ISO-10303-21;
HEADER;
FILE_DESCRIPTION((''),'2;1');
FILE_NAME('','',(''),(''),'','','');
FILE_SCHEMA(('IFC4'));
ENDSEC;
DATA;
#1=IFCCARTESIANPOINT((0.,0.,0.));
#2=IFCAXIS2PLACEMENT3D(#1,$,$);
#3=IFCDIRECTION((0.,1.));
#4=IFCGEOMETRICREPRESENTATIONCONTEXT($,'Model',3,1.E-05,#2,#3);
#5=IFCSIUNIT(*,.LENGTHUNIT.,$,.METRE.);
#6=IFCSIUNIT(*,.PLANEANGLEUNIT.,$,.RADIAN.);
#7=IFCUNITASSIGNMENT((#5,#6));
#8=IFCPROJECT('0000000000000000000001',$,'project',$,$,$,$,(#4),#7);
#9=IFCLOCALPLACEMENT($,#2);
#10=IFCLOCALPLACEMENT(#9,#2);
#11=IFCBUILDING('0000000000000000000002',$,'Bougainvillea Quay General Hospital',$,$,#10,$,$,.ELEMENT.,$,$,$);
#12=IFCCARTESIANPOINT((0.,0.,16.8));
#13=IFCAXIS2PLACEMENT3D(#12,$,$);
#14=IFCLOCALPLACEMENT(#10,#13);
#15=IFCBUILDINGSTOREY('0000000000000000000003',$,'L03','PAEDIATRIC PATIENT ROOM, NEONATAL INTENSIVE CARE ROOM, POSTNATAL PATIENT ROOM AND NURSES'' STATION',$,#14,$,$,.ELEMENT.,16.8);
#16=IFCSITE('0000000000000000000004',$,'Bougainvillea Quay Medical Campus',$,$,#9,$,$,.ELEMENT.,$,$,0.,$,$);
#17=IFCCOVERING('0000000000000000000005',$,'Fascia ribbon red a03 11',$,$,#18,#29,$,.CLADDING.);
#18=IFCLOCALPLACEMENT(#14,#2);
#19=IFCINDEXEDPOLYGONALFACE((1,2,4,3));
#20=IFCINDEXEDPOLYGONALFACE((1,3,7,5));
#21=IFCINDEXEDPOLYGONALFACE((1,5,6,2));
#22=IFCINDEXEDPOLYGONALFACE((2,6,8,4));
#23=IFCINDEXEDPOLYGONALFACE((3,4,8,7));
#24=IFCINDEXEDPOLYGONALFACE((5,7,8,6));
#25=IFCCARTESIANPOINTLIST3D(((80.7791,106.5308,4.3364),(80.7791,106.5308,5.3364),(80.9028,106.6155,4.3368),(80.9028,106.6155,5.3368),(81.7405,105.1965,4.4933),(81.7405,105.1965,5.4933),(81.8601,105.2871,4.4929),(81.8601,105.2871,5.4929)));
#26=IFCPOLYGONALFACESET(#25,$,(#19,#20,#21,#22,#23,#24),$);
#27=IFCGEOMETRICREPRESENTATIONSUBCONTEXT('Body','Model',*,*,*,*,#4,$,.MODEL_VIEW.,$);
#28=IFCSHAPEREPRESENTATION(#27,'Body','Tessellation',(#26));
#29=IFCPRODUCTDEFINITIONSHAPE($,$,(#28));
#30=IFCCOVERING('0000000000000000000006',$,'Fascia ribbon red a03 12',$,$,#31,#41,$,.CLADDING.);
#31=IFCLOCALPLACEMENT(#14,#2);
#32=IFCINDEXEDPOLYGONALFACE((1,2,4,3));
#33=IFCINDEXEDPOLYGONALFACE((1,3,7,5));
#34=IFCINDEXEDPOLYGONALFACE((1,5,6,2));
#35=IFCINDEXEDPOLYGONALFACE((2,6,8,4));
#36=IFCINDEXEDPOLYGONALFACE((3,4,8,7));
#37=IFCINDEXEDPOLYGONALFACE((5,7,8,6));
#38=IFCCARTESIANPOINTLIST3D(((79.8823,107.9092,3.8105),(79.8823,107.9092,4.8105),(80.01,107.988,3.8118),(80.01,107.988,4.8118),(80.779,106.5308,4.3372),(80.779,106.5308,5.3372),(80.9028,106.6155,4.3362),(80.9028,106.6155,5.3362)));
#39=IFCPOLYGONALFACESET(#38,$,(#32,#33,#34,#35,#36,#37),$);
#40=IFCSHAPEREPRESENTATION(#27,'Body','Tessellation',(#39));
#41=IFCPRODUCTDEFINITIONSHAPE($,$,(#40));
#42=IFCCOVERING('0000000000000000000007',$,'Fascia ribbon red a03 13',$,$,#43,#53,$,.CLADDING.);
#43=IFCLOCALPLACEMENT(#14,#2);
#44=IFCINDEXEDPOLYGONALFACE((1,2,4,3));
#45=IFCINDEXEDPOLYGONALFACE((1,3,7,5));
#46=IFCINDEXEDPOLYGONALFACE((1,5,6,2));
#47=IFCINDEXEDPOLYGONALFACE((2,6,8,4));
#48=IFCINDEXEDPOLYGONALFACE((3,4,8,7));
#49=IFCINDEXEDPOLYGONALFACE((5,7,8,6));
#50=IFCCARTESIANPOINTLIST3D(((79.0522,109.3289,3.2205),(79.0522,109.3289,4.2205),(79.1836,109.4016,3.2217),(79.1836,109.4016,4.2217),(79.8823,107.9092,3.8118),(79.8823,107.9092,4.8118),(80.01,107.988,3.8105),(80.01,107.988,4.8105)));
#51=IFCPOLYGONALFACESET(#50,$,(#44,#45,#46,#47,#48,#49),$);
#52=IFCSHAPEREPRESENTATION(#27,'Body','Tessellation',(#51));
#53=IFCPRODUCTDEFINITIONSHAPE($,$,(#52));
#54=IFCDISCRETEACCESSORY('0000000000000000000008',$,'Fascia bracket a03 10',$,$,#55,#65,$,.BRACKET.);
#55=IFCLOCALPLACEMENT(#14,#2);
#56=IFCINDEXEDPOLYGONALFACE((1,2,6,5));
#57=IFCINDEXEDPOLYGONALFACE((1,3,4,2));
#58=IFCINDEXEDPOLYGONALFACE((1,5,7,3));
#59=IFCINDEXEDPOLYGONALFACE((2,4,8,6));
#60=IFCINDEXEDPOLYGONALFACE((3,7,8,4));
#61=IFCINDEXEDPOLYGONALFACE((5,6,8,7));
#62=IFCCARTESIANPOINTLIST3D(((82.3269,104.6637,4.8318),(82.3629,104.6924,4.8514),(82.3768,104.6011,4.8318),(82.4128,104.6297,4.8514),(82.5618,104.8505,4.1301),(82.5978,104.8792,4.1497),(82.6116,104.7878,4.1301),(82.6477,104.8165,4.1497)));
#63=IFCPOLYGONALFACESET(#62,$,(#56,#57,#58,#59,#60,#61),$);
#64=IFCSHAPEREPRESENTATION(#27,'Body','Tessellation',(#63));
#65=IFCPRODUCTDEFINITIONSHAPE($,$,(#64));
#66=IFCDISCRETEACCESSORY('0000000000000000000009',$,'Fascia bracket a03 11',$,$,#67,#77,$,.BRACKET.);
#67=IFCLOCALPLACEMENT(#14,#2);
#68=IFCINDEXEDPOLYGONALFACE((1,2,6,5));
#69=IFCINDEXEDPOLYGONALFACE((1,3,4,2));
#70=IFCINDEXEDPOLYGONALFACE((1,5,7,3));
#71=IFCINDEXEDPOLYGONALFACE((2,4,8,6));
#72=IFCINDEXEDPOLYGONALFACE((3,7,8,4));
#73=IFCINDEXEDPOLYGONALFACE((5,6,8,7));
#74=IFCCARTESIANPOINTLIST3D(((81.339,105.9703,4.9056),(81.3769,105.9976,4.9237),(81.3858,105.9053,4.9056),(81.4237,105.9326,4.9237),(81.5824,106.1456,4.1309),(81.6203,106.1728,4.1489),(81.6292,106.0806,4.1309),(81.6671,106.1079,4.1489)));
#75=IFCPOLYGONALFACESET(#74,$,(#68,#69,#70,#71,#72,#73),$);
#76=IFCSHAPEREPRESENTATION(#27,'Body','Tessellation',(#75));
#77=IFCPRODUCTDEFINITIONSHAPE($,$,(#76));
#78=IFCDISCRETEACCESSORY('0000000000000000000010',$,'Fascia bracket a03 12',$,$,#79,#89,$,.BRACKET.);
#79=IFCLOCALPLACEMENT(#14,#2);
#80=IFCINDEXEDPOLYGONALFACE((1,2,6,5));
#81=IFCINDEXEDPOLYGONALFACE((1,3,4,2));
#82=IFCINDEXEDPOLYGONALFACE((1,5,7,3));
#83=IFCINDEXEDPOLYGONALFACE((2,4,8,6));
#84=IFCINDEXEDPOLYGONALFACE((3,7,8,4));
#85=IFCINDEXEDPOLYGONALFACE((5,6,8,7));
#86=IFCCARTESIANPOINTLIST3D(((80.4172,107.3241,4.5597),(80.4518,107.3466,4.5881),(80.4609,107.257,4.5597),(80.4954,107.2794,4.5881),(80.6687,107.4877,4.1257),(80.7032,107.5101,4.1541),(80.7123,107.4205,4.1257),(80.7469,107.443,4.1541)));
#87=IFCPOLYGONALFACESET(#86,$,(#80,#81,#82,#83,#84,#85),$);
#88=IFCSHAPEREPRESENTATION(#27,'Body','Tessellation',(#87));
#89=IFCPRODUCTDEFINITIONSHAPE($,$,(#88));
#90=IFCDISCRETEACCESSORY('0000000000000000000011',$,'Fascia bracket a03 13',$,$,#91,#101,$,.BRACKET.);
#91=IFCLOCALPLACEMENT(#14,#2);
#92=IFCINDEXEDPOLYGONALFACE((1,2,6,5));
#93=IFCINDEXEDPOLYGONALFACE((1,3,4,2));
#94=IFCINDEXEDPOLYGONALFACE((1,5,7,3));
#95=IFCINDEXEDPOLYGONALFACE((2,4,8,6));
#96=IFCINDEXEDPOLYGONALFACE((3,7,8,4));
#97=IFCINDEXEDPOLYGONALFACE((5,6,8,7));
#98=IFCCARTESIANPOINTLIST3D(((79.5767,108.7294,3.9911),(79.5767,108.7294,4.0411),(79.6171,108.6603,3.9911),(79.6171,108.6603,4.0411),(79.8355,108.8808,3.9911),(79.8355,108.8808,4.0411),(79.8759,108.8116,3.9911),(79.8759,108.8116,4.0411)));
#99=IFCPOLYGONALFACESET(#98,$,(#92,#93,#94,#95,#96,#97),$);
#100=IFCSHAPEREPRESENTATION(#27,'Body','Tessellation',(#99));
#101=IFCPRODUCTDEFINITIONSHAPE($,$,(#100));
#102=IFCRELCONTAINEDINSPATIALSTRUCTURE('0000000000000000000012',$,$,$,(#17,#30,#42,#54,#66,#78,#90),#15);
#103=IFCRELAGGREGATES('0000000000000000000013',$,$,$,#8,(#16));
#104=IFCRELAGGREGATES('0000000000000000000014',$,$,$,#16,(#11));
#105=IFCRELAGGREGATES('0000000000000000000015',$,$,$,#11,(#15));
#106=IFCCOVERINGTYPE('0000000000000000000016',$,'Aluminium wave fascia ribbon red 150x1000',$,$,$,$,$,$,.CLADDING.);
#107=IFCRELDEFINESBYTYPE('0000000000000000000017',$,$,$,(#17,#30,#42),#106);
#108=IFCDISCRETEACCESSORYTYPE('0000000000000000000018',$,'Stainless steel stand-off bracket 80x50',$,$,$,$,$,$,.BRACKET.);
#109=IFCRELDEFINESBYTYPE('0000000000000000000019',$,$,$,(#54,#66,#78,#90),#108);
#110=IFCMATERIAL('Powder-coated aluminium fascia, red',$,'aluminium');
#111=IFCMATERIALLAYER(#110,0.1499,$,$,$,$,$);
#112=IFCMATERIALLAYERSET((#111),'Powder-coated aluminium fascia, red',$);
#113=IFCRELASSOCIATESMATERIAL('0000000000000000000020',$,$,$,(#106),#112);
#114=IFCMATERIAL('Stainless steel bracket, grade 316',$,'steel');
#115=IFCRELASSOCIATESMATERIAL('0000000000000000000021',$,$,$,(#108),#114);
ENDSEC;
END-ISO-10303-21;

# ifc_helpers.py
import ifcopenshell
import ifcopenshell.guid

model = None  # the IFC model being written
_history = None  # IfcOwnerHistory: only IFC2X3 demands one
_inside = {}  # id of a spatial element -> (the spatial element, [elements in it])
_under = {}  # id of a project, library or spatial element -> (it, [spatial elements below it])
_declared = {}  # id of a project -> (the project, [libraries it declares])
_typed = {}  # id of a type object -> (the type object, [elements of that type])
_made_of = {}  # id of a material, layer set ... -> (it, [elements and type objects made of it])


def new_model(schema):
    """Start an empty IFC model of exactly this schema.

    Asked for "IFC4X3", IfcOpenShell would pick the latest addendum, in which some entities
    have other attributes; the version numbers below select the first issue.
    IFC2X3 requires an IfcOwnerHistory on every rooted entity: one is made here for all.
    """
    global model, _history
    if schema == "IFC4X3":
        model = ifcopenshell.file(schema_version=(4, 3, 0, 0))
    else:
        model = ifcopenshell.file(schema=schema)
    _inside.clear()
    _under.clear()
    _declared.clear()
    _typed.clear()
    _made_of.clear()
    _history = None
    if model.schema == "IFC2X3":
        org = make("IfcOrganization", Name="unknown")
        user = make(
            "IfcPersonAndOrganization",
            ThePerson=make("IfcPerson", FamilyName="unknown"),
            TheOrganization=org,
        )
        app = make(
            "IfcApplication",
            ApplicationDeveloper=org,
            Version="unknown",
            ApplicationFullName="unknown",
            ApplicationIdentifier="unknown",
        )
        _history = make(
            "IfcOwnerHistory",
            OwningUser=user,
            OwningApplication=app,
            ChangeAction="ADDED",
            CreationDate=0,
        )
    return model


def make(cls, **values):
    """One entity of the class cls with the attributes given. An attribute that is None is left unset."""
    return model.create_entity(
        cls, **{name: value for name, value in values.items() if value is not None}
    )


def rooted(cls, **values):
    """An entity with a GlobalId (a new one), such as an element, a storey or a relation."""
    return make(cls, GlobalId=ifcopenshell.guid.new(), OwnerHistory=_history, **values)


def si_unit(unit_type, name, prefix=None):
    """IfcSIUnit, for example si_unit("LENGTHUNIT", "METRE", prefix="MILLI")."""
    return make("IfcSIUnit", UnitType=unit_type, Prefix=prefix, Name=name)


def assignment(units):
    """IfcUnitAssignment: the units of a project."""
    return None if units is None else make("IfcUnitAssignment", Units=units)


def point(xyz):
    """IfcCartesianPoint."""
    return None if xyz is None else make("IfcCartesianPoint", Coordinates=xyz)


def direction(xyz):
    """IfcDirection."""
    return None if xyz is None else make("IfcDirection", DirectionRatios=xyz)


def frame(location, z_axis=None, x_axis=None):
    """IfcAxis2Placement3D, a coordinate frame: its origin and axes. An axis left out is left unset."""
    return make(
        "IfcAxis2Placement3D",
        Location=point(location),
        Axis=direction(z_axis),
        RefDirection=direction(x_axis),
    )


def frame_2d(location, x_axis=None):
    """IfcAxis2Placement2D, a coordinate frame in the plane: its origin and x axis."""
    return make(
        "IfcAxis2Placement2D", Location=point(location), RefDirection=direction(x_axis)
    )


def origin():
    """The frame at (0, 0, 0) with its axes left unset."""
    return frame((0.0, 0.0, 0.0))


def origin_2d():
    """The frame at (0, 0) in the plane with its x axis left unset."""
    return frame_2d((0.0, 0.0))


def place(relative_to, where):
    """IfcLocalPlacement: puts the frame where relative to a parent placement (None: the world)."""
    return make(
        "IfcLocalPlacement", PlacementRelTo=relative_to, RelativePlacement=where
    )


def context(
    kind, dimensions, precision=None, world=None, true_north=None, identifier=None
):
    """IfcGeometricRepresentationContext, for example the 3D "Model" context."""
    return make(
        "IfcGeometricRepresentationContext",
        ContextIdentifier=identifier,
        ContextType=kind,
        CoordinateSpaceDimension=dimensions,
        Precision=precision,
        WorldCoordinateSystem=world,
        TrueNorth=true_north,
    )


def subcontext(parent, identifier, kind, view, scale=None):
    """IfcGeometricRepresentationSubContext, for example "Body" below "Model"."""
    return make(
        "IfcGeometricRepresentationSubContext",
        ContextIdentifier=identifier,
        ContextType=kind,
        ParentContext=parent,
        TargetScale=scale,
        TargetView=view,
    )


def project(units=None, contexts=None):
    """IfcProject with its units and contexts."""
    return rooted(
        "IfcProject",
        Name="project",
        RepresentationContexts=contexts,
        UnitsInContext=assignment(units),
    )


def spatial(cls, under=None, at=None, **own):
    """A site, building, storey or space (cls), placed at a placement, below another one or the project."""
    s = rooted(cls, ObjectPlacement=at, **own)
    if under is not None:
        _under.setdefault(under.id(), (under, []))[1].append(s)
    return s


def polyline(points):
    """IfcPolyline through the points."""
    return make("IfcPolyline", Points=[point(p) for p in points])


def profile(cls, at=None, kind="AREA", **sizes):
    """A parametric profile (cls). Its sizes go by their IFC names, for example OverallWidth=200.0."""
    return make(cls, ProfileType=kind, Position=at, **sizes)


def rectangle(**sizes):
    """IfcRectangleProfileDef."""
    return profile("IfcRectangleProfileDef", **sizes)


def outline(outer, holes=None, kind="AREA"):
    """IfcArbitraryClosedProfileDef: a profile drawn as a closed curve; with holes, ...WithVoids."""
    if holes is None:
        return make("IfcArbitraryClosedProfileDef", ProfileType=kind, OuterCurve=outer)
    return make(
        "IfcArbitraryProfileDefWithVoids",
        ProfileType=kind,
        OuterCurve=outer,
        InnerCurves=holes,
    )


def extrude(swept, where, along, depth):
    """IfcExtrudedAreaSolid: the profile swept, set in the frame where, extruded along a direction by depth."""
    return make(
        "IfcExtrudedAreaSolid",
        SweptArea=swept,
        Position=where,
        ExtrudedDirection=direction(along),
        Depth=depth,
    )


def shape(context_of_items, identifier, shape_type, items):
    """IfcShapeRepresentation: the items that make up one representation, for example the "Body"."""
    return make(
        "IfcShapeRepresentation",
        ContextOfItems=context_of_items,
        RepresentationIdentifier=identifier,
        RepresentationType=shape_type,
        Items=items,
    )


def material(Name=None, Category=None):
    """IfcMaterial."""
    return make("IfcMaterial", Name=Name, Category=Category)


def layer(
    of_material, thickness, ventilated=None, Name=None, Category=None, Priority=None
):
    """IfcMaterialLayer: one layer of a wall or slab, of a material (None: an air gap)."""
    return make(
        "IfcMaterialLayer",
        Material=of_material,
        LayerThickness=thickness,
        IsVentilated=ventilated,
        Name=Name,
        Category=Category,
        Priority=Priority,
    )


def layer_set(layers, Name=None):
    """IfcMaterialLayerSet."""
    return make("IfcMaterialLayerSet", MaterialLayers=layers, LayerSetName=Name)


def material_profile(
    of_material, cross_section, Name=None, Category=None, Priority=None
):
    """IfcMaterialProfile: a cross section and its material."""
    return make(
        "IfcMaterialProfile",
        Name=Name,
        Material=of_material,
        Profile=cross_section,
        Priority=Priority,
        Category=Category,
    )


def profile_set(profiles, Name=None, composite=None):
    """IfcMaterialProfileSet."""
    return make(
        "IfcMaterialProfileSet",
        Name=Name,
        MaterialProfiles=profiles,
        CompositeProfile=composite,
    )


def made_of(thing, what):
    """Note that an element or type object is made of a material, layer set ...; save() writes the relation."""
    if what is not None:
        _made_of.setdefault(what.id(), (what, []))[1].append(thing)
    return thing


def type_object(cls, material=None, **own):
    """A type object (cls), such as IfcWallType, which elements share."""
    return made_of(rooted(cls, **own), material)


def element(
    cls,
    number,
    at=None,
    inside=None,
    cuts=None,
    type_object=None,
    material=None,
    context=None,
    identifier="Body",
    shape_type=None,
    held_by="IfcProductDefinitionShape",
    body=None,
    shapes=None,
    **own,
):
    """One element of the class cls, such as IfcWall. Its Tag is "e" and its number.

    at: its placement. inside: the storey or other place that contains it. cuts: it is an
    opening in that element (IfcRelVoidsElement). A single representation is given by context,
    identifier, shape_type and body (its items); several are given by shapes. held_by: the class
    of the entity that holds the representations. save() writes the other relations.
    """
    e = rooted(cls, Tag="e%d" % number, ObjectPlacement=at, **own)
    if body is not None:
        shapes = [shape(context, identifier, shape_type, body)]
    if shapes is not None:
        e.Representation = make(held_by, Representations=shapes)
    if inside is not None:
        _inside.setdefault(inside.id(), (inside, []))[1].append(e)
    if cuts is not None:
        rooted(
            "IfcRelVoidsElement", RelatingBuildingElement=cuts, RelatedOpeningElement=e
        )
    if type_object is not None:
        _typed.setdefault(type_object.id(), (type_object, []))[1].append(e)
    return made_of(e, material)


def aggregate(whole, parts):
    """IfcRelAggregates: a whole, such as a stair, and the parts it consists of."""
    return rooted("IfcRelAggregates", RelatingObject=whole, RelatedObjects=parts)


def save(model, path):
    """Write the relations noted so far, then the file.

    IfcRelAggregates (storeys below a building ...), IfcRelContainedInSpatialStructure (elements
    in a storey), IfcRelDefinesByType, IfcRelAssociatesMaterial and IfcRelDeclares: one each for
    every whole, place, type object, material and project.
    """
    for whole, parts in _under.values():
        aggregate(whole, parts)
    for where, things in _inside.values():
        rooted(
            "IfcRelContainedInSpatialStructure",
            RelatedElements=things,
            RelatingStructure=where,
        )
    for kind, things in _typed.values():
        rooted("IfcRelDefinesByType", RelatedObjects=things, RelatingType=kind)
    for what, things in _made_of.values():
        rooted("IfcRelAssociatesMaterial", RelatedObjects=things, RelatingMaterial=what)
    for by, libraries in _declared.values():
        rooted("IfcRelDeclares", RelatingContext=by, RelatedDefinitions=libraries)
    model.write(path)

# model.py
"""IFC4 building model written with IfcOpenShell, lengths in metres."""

from ifc_helpers import new_model, si_unit, direction, frame, origin, origin_2d, place, context, subcontext, project, spatial, polyline, rectangle, outline, extrude, material, layer, layer_set, material_profile, profile_set, type_object, element, save


model = new_model("IFC4")

# Units and contexts
model_context = context("Model", 3, precision=1e-05, world=origin(), true_north=direction((0.0, 1.0)))
body_context = subcontext(model_context, "Body", "Model", "MODEL_VIEW")
ifc_project = project(units=[si_unit("LENGTHUNIT", "METRE"), si_unit("PLANEANGLEUNIT", "RADIAN")], contexts=[model_context])

# Site, building, storey
site_placement = place(None, origin())
site = spatial("IfcSite", under=ifc_project, at=site_placement, Name="Bougainvillea Quay Medical Campus", CompositionType="ELEMENT", RefElevation=0.0)
building_placement = place(site_placement, origin())
building = spatial("IfcBuilding", under=site, at=building_placement, Name="Bougainvillea Quay General Hospital", CompositionType="ELEMENT")
storey_placement = place(building_placement, frame((0.0, 0.0, 16.8)))
storey = spatial("IfcBuildingStorey", under=building, at=storey_placement, Name="L03", Description="PAEDIATRIC PATIENT ROOM, NEONATAL INTENSIVE CARE ROOM, POSTNATAL PATIENT ROOM AND NURSES' STATION", CompositionType="ELEMENT", Elevation=16.8)

# Coverings
ifc_material_1 = material(Name="Powder-coated aluminium fascia, red", Category="aluminium")
ifc_layer_1 = layer(ifc_material_1, 0.1499)
ifc_layer_set_1 = layer_set([ifc_layer_1], Name="Powder-coated aluminium fascia, red")
covering_type = type_object("IfcCoveringType", Name="Aluminium wave fascia ribbon red 150x1000", PredefinedType="CLADDING", material=ifc_layer_set_1)
covering_1_placement = place(storey_placement, frame((81.8601, 105.2871, 4.4929), z_axis=(-0.055481, 0.077039, 0.995483), x_axis=(-0.582006, 0.807624, -0.094937)))
element("IfcCovering", 1, at=covering_1_placement, inside=storey, type_object=covering_type, Name="Fascia ribbon red a03 11", PredefinedType="CLADDING", context=body_context, shape_type="SweptSolid", body=[
    extrude(outline(polyline([(0.0, 0.0), (1.6448, 0.0), (1.6484, 0.15), (-0.0036, 0.15), (0.0, 0.0)])), origin(), (-0.094937, 0.00003, 0.995483), 1.0),
])
covering_2_placement = place(storey_placement, frame((80.9028, 106.6155, 4.3362), z_axis=(-0.166957, 0.255244, 0.952353), x_axis=(-0.519291, 0.798319, -0.304997)))
element("IfcCovering", 2, at=covering_2_placement, inside=storey, type_object=covering_type, Name="Fascia ribbon red a03 12", PredefinedType="CLADDING", context=body_context, shape_type="SweptSolid", body=[
    extrude(outline(polyline([(0.0, 0.0), (1.7193, 0.0), (1.723, 0.15), (-0.0037, 0.15), (0.0, 0.0)])), origin(), (-0.304997, -0.000739, 0.952353), 1.0),
])
covering_3_placement = place(storey_placement, frame((80.01, 107.988, 3.8105), z_axis=(-0.170928, 0.292037, 0.941009), x_axis=(-0.474932, 0.812365, -0.338382)))
element("IfcCovering", 3, at=covering_3_placement, inside=storey, type_object=covering_type, Name="Fascia ribbon red a03 13", PredefinedType="CLADDING", context=body_context, shape_type="SweptSolid", body=[
    extrude(outline(polyline([(0.0, 0.0), (1.7401, 0.0), (1.7438, 0.1501), (-0.0038, 0.15), (0.0, 0.0)])), origin(), (-0.338382, -0.000159, 0.941009), 1.0),
])

# Discrete accessories
ifc_material_2 = material(Name="Stainless steel bracket, grade 316", Category="steel")
ifc_material_profile_1 = material_profile(ifc_material_2, rectangle(XDim=0.0801, YDim=0.05, at=origin_2d()))
ifc_profile_set_1 = profile_set([ifc_material_profile_1], Name="Stainless steel bracket, grade 316")
discrete_accessory_type = type_object("IfcDiscreteAccessoryType", Name="Stainless steel stand-off bracket 80x50", PredefinedType="BRACKET", material=ifc_profile_set_1)
discrete_accessory_1_placement = place(storey_placement, frame((82.6047, 104.8335, 4.1399), z_axis=(-0.307762, -0.244738, 0.919448), x_axis=(0.62241, -0.782691, 0.0)))
element("IfcDiscreteAccessory", 4, at=discrete_accessory_1_placement, inside=storey, type_object=discrete_accessory_type, Name="Fascia bracket a03 10", PredefinedType="BRACKET", context=body_context, shape_type="SweptSolid", body=[
    extrude(rectangle(XDim=0.0801, YDim=0.05, at=origin_2d()), origin(), (0.0, 0.0, 1.0), 0.7632),
])
discrete_accessory_2_placement = place(storey_placement, frame((81.6248, 106.1267, 4.1399), z_axis=(-0.292934, -0.210959, 0.93257), x_axis=(0.58439, -0.811473, 0.0)))
element("IfcDiscreteAccessory", 5, at=discrete_accessory_2_placement, inside=storey, type_object=discrete_accessory_type, Name="Fascia bracket a03 11", PredefinedType="BRACKET", context=body_context, shape_type="SweptSolid", body=[
    extrude(rectangle(XDim=0.0801, YDim=0.05, at=origin_2d()), origin(), (0.0, 0.0, 1.0), 0.8308),
])
discrete_accessory_3_placement = place(storey_placement, frame((80.7078, 107.4653, 4.1399), z_axis=(-0.476572, -0.310003, 0.822665), x_axis=(0.545274, -0.838258, 0.0)))
element("IfcDiscreteAccessory", 6, at=discrete_accessory_3_placement, inside=storey, type_object=discrete_accessory_type, Name="Fascia bracket a03 12", PredefinedType="BRACKET", context=body_context, shape_type="SweptSolid", body=[
    extrude(rectangle(XDim=0.0801, YDim=0.05, at=origin_2d()), origin(), (0.0, 0.0, 1.0), 0.5276),
])
discrete_accessory_4_placement = place(storey_placement, frame((79.8557, 108.8462, 4.0161), z_axis=(-0.863188, -0.504883, 0.0), x_axis=(0.504883, -0.863188, 0.0)))
element("IfcDiscreteAccessory", 7, at=discrete_accessory_4_placement, inside=storey, type_object=discrete_accessory_type, Name="Fascia bracket a03 13", PredefinedType="BRACKET", context=body_context, shape_type="SweptSolid", body=[
    extrude(rectangle(XDim=0.0801, YDim=0.05, at=origin_2d()), origin(), (0.0, 0.0, 1.0), 0.2998),
])

save(model, "model.ifc")
